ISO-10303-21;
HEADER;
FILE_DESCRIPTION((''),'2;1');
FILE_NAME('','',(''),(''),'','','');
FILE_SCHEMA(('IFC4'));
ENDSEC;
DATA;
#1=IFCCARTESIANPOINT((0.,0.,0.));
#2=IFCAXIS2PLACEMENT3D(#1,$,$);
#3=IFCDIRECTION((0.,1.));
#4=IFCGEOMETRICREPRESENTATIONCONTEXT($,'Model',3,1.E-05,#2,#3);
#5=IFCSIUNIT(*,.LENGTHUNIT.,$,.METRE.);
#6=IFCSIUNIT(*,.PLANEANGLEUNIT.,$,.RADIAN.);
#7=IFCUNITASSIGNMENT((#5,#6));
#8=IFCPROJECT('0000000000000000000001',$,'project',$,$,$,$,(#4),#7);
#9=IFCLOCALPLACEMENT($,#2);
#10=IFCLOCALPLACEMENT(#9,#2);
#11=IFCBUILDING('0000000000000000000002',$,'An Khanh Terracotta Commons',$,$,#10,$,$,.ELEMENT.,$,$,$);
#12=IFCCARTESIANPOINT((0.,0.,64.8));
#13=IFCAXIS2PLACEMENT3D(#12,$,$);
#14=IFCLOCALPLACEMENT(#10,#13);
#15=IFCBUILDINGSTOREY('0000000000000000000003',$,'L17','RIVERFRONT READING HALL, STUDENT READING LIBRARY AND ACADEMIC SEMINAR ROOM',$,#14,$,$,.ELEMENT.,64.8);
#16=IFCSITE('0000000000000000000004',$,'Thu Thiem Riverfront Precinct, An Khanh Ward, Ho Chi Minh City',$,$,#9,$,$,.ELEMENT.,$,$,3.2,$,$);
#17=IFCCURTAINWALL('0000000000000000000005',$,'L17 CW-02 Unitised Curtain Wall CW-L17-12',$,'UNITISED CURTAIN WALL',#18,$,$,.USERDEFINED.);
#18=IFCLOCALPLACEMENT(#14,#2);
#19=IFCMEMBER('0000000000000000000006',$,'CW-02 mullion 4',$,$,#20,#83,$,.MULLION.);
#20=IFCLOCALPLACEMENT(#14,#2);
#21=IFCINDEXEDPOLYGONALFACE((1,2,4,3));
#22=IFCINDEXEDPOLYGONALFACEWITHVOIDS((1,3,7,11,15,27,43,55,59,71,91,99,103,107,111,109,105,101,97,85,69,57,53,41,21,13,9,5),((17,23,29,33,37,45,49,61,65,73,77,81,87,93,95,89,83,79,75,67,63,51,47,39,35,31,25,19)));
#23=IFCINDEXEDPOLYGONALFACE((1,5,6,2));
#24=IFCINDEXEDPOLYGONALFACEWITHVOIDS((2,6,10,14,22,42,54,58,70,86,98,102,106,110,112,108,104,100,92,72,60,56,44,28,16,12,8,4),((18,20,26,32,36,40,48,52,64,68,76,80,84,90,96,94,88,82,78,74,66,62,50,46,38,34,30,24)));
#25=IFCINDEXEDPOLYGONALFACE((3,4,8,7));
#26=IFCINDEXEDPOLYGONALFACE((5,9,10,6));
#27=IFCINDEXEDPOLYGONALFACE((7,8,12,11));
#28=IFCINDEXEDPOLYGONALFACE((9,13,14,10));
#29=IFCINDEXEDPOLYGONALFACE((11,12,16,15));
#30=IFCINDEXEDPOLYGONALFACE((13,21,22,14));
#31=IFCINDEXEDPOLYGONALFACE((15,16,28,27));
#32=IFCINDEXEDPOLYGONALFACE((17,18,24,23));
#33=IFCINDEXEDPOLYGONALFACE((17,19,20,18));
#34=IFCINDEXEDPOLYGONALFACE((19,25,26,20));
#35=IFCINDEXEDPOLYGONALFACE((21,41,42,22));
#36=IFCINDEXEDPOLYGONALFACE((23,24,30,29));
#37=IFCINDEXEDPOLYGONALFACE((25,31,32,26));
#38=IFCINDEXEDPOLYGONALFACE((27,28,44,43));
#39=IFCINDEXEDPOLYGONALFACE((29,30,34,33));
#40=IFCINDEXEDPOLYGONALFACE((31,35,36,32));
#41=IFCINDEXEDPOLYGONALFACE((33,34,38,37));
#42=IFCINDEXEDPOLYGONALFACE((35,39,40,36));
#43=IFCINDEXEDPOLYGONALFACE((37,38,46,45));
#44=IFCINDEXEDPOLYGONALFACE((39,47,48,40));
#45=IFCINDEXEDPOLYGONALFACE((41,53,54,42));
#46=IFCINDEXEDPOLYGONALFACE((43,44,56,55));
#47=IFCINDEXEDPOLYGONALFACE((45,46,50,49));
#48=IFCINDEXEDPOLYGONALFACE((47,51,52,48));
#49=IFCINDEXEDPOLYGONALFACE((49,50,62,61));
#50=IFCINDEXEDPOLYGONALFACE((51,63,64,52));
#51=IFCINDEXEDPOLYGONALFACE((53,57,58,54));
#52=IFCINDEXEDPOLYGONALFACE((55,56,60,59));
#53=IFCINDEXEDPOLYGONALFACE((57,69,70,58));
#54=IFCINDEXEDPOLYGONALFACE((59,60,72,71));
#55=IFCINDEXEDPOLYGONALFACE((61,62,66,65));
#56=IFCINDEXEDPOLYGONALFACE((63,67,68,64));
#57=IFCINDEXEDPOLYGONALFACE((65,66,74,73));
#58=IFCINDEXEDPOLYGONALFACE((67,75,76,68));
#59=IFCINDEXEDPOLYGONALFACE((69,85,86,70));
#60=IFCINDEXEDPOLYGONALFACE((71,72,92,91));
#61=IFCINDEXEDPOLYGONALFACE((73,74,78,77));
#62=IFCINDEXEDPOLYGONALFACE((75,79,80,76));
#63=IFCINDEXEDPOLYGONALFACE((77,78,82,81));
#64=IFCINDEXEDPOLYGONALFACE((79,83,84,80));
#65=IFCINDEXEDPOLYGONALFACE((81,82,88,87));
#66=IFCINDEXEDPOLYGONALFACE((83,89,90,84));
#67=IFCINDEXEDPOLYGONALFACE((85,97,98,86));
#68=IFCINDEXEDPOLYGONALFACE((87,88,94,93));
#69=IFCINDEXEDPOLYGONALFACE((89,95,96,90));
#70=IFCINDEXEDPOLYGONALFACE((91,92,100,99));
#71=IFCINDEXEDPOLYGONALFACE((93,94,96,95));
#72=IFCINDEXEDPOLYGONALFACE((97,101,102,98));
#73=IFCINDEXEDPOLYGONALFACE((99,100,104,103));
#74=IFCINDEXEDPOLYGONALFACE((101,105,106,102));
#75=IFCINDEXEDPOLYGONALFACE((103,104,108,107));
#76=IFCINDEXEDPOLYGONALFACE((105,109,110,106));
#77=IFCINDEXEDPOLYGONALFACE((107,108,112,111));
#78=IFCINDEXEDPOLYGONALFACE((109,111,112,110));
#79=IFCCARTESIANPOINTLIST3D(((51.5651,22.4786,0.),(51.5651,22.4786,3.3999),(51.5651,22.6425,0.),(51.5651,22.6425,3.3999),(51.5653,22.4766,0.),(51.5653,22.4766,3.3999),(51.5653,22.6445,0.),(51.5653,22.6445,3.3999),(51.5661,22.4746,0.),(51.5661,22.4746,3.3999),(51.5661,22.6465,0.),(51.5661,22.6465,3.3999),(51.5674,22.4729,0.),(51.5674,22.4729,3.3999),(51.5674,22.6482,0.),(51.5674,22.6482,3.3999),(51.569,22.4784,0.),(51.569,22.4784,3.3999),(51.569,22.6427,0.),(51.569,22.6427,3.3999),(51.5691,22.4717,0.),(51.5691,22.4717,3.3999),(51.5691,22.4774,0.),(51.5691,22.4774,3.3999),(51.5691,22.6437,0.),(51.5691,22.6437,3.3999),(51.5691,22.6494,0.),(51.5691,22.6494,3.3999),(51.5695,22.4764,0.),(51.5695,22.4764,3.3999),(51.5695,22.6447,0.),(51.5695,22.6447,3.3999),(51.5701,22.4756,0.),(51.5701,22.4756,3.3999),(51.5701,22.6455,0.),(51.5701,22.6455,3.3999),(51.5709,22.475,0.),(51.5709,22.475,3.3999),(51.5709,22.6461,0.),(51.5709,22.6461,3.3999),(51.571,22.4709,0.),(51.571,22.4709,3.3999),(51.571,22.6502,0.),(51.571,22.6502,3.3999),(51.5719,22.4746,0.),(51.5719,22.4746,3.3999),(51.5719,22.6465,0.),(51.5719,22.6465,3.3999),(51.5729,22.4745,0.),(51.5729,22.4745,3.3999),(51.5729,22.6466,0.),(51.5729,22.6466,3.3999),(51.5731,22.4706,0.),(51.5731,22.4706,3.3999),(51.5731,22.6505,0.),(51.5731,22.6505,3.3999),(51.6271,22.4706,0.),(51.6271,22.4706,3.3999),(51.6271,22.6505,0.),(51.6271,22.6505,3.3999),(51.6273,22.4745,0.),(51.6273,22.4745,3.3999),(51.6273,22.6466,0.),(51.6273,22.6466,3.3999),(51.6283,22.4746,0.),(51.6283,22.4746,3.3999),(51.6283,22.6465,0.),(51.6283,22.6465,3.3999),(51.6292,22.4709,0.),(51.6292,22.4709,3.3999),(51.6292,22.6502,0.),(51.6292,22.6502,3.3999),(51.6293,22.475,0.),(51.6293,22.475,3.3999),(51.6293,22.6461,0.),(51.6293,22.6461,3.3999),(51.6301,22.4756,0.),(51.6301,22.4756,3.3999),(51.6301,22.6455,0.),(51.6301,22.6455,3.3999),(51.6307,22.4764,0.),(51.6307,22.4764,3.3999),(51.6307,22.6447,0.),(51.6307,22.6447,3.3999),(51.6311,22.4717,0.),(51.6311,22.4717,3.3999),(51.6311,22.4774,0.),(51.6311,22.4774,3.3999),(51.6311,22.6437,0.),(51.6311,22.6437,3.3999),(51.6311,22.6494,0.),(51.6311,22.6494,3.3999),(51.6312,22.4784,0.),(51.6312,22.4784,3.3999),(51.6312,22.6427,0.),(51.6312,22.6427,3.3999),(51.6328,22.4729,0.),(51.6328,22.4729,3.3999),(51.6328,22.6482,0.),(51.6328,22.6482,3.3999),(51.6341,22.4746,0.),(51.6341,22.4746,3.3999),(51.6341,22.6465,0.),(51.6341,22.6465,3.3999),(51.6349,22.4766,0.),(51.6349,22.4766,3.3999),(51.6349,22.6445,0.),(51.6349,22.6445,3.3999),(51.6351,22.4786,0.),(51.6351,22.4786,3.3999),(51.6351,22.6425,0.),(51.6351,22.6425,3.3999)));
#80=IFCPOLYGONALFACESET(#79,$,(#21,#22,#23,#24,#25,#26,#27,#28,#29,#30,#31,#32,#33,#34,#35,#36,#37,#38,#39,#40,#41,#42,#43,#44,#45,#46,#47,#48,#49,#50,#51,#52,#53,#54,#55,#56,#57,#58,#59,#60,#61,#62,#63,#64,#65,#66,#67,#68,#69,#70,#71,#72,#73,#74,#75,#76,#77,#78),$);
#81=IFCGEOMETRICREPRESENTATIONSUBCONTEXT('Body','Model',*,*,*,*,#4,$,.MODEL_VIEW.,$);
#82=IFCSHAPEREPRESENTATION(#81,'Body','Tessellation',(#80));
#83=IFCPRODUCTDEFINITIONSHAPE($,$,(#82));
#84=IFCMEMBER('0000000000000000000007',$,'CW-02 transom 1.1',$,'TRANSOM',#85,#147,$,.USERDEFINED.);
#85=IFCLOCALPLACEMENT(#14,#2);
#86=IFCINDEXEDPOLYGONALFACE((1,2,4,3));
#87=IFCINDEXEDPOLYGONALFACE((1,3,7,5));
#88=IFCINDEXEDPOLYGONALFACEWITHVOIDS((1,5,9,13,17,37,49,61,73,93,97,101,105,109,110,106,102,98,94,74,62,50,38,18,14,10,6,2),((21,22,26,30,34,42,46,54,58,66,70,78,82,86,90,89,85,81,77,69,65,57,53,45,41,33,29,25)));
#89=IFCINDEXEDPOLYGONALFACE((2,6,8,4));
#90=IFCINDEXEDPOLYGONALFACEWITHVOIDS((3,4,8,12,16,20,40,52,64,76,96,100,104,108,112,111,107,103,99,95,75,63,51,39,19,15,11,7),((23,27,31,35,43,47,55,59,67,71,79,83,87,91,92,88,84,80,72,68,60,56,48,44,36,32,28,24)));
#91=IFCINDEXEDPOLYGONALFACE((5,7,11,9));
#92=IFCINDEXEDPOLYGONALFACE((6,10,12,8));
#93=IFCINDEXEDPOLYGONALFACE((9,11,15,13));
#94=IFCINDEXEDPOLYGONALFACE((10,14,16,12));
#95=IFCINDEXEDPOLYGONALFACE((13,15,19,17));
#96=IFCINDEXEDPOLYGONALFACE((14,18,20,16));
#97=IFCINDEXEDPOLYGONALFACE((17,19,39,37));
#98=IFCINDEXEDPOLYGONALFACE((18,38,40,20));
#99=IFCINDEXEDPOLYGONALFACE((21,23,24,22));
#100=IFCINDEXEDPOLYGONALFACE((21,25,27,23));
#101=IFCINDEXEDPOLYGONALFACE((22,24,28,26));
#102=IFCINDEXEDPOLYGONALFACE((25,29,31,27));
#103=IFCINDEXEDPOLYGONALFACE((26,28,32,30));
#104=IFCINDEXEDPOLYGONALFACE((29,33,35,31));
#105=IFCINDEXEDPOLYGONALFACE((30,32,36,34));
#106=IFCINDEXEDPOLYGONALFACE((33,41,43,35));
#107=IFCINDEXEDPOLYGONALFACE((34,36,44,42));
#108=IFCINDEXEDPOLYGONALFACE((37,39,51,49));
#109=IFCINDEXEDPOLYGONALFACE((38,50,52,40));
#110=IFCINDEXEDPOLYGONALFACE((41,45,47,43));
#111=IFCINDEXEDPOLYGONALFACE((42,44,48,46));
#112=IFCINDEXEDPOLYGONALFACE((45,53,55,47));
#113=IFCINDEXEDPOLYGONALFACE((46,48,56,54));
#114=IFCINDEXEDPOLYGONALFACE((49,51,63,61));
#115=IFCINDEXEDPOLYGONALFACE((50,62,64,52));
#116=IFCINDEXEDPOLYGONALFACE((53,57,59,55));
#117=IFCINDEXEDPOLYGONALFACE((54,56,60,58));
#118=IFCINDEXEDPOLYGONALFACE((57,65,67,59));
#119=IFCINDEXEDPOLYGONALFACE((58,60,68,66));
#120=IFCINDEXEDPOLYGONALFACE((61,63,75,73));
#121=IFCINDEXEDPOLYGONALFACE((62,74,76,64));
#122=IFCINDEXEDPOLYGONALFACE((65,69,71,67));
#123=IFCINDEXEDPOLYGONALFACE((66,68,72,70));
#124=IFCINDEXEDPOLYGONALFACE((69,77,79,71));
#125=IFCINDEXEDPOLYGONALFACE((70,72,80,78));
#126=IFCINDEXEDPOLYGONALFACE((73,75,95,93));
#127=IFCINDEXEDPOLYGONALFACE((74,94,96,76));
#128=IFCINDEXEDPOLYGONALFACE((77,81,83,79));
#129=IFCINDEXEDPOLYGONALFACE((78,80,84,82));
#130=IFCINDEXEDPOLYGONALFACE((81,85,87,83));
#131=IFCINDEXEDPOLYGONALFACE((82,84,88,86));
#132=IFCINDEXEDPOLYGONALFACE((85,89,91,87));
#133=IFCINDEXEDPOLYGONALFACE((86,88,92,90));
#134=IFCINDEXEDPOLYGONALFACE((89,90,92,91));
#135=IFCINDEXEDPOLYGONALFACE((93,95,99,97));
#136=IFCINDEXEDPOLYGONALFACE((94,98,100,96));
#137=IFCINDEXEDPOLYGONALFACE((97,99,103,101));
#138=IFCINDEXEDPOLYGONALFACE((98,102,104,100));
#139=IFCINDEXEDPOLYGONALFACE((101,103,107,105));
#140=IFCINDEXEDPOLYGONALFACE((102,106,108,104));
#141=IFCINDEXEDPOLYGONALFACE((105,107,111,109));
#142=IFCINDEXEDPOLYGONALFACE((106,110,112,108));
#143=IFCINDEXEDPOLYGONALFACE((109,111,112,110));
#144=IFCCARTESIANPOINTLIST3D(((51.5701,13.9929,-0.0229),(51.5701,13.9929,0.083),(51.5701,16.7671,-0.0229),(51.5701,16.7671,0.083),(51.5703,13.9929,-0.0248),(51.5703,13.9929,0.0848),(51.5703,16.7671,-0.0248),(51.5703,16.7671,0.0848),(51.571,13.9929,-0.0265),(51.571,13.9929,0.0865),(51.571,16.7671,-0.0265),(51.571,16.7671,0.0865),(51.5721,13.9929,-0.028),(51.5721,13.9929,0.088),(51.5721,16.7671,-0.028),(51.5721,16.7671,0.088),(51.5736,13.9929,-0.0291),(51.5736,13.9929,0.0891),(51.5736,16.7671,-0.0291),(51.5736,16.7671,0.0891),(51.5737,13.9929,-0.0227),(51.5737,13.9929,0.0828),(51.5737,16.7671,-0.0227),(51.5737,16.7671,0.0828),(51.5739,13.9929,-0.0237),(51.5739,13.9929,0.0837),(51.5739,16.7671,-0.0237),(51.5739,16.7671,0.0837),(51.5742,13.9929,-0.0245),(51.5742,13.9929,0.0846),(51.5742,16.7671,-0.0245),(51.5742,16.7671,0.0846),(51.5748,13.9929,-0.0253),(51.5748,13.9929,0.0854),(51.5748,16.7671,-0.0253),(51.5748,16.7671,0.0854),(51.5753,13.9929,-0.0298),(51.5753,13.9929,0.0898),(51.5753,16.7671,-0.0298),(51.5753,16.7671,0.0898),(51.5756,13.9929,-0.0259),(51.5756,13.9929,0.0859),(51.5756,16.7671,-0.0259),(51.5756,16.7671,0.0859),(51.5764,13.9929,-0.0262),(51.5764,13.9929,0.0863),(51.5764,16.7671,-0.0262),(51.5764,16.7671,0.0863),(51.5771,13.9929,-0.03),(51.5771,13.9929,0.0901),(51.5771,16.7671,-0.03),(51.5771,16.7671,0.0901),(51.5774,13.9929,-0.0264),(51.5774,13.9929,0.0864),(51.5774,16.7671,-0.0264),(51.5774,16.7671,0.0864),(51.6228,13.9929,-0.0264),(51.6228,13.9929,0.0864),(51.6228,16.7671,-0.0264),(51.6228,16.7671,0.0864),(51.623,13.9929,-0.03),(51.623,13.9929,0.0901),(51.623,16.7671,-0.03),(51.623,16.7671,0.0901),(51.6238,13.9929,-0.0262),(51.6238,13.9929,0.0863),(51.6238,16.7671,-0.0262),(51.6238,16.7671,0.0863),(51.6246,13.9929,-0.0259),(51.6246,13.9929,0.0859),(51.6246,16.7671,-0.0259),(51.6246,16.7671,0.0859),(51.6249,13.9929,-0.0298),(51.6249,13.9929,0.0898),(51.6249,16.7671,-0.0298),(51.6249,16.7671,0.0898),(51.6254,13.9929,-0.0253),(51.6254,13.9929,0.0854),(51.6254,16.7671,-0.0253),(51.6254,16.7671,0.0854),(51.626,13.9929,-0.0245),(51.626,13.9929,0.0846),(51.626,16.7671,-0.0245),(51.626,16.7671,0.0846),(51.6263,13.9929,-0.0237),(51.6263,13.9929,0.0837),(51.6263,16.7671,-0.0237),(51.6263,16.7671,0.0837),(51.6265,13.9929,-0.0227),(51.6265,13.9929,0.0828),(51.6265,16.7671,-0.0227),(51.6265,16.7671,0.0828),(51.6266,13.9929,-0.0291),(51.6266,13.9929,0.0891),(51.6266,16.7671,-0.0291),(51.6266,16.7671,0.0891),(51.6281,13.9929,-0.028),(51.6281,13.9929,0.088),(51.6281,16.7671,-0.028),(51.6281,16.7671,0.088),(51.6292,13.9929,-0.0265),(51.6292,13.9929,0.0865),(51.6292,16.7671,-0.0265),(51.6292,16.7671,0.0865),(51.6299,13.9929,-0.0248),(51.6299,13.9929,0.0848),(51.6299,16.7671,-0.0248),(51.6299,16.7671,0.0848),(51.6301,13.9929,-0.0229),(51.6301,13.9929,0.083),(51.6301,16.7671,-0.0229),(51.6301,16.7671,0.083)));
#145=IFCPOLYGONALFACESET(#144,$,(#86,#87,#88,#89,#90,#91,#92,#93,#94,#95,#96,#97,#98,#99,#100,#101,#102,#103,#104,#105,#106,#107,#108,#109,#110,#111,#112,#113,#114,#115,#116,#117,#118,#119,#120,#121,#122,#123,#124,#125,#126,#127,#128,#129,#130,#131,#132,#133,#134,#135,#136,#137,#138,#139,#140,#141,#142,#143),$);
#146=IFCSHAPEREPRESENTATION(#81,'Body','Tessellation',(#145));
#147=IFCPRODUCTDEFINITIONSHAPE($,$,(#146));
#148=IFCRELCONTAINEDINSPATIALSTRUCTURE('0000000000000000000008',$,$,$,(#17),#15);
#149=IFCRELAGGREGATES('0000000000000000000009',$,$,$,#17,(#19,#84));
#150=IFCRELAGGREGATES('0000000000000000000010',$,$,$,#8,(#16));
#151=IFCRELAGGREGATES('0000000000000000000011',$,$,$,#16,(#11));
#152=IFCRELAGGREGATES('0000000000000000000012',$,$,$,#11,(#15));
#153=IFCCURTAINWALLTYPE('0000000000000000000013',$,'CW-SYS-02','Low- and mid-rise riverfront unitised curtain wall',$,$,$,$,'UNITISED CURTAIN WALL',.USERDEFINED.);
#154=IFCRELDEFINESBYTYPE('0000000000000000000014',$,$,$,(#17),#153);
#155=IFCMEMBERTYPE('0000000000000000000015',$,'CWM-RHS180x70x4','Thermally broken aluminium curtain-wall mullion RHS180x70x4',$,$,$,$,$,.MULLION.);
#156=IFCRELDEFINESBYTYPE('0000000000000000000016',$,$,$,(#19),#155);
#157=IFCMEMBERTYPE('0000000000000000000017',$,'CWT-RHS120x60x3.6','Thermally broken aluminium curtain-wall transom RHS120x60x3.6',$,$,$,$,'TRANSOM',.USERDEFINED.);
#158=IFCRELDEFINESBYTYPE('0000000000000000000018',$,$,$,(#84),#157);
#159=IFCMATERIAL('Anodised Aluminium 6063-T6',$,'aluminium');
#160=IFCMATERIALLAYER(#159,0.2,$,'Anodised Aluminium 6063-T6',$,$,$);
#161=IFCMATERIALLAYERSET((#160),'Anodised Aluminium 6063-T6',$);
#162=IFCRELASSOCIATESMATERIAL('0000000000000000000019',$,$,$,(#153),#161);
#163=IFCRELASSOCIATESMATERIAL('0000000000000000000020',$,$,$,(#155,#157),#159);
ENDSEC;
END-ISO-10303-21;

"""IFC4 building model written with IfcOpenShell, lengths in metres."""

from ifc_helpers import new_model, si_unit, direction, frame, origin, origin_2d, place, context, subcontext, project, spatial, hollow_rectangle, extrude, material, layer, layer_set, material_profile, profile_set, type_object, element, aggregate, save


model = new_model("IFC4")

# Units and contexts
model_context = context("Model", 3, precision=1e-05, world=origin(), true_north=direction((0.0, 1.0)))
body_context = subcontext(model_context, "Body", "Model", "MODEL_VIEW")
ifc_project = project(units=[si_unit("LENGTHUNIT", "METRE"), si_unit("PLANEANGLEUNIT", "RADIAN")], contexts=[model_context])

# Site, building, storey
site_placement = place(None, origin())
site = spatial("IfcSite", under=ifc_project, at=site_placement, Name="Thu Thiem Riverfront Precinct, An Khanh Ward, Ho Chi Minh City", CompositionType="ELEMENT", RefElevation=3.2)
building_placement = place(site_placement, origin())
building = spatial("IfcBuilding", under=site, at=building_placement, Name="An Khanh Terracotta Commons", CompositionType="ELEMENT")
storey_placement = place(building_placement, frame((0.0, 0.0, 64.8)))
storey = spatial("IfcBuildingStorey", under=building, at=storey_placement, Name="L17", Description="RIVERFRONT READING HALL, STUDENT READING LIBRARY AND ACADEMIC SEMINAR ROOM", CompositionType="ELEMENT", Elevation=64.8)

# Curtain wall, members
ifc_material_1 = material(Name="Anodised Aluminium 6063-T6", Category="aluminium")
ifc_layer_1 = layer(ifc_material_1, 0.2, Name="Anodised Aluminium 6063-T6")
ifc_layer_set_1 = layer_set([ifc_layer_1], Name="Anodised Aluminium 6063-T6")
curtain_wall_type = type_object("IfcCurtainWallType", Name="CW-SYS-02", Description="Low- and mid-rise riverfront unitised curtain wall", ElementType="UNITISED CURTAIN WALL", PredefinedType="USERDEFINED", material=ifc_layer_set_1)
curtain_wall_placement = place(storey_placement, origin())
curtain_wall = element("IfcCurtainWall", 1, at=curtain_wall_placement, inside=storey, type_object=curtain_wall_type, Name="L17 CW-02 Unitised Curtain Wall CW-L17-12", ObjectType="UNITISED CURTAIN WALL", PredefinedType="USERDEFINED")
ifc_material_profile_1 = material_profile(ifc_material_1, hollow_rectangle(XDim=0.0701, YDim=0.1799, WallThickness=0.0039, InnerFilletRadius=0.0039, OuterFilletRadius=0.0081, at=origin_2d()), Name="RHS180x70x4")
ifc_profile_set_1 = profile_set([ifc_material_profile_1], Name="Anodised Aluminium 6063-T6")
member_type_1 = type_object("IfcMemberType", Name="CWM-RHS180x70x4", Description="Thermally broken aluminium curtain-wall mullion RHS180x70x4", PredefinedType="MULLION", material=ifc_profile_set_1)
member_1_placement = place(storey_placement, frame((51.6001, 22.5605, 0.0), z_axis=(0.0, 0.0, 1.0), x_axis=(-1.0, 0.0, 0.0)))
member_1 = element("IfcMember", 2, at=member_1_placement, type_object=member_type_1, Name="CW-02 mullion 4", PredefinedType="MULLION", context=body_context, shape_type="SweptSolid", body=[
    extrude(hollow_rectangle(XDim=0.0701, YDim=0.1799, WallThickness=0.0039, InnerFilletRadius=0.0039, OuterFilletRadius=0.0081, at=origin_2d()), origin(), (0.0, 0.0, 1.0), 3.3999),
])
ifc_material_profile_2 = material_profile(ifc_material_1, hollow_rectangle(XDim=0.0601, YDim=0.1201, WallThickness=0.0037, InnerFilletRadius=0.0037, OuterFilletRadius=0.0071, at=origin_2d()), Name="RHS120x60x3.6")
ifc_profile_set_2 = profile_set([ifc_material_profile_2], Name="Anodised Aluminium 6063-T6")
member_type_2 = type_object("IfcMemberType", Name="CWT-RHS120x60x3.6", Description="Thermally broken aluminium curtain-wall transom RHS120x60x3.6", ElementType="TRANSOM", PredefinedType="USERDEFINED", material=ifc_profile_set_2)
member_2_placement = place(storey_placement, frame((51.6001, 13.9929, 0.03), z_axis=(0.0, 1.0, 0.0), x_axis=(-1.0, 0.0, 0.0)))
member_2 = element("IfcMember", 3, at=member_2_placement, type_object=member_type_2, Name="CW-02 transom 1.1", ObjectType="TRANSOM", PredefinedType="USERDEFINED", context=body_context, shape_type="SweptSolid", body=[
    extrude(hollow_rectangle(XDim=0.0601, YDim=0.1201, WallThickness=0.0037, InnerFilletRadius=0.0037, OuterFilletRadius=0.0071, at=origin_2d()), origin(), (0.0, 0.0, 1.0), 2.7742),
])
aggregate(curtain_wall, [member_1, member_2])

save(model, "model.ifc")
